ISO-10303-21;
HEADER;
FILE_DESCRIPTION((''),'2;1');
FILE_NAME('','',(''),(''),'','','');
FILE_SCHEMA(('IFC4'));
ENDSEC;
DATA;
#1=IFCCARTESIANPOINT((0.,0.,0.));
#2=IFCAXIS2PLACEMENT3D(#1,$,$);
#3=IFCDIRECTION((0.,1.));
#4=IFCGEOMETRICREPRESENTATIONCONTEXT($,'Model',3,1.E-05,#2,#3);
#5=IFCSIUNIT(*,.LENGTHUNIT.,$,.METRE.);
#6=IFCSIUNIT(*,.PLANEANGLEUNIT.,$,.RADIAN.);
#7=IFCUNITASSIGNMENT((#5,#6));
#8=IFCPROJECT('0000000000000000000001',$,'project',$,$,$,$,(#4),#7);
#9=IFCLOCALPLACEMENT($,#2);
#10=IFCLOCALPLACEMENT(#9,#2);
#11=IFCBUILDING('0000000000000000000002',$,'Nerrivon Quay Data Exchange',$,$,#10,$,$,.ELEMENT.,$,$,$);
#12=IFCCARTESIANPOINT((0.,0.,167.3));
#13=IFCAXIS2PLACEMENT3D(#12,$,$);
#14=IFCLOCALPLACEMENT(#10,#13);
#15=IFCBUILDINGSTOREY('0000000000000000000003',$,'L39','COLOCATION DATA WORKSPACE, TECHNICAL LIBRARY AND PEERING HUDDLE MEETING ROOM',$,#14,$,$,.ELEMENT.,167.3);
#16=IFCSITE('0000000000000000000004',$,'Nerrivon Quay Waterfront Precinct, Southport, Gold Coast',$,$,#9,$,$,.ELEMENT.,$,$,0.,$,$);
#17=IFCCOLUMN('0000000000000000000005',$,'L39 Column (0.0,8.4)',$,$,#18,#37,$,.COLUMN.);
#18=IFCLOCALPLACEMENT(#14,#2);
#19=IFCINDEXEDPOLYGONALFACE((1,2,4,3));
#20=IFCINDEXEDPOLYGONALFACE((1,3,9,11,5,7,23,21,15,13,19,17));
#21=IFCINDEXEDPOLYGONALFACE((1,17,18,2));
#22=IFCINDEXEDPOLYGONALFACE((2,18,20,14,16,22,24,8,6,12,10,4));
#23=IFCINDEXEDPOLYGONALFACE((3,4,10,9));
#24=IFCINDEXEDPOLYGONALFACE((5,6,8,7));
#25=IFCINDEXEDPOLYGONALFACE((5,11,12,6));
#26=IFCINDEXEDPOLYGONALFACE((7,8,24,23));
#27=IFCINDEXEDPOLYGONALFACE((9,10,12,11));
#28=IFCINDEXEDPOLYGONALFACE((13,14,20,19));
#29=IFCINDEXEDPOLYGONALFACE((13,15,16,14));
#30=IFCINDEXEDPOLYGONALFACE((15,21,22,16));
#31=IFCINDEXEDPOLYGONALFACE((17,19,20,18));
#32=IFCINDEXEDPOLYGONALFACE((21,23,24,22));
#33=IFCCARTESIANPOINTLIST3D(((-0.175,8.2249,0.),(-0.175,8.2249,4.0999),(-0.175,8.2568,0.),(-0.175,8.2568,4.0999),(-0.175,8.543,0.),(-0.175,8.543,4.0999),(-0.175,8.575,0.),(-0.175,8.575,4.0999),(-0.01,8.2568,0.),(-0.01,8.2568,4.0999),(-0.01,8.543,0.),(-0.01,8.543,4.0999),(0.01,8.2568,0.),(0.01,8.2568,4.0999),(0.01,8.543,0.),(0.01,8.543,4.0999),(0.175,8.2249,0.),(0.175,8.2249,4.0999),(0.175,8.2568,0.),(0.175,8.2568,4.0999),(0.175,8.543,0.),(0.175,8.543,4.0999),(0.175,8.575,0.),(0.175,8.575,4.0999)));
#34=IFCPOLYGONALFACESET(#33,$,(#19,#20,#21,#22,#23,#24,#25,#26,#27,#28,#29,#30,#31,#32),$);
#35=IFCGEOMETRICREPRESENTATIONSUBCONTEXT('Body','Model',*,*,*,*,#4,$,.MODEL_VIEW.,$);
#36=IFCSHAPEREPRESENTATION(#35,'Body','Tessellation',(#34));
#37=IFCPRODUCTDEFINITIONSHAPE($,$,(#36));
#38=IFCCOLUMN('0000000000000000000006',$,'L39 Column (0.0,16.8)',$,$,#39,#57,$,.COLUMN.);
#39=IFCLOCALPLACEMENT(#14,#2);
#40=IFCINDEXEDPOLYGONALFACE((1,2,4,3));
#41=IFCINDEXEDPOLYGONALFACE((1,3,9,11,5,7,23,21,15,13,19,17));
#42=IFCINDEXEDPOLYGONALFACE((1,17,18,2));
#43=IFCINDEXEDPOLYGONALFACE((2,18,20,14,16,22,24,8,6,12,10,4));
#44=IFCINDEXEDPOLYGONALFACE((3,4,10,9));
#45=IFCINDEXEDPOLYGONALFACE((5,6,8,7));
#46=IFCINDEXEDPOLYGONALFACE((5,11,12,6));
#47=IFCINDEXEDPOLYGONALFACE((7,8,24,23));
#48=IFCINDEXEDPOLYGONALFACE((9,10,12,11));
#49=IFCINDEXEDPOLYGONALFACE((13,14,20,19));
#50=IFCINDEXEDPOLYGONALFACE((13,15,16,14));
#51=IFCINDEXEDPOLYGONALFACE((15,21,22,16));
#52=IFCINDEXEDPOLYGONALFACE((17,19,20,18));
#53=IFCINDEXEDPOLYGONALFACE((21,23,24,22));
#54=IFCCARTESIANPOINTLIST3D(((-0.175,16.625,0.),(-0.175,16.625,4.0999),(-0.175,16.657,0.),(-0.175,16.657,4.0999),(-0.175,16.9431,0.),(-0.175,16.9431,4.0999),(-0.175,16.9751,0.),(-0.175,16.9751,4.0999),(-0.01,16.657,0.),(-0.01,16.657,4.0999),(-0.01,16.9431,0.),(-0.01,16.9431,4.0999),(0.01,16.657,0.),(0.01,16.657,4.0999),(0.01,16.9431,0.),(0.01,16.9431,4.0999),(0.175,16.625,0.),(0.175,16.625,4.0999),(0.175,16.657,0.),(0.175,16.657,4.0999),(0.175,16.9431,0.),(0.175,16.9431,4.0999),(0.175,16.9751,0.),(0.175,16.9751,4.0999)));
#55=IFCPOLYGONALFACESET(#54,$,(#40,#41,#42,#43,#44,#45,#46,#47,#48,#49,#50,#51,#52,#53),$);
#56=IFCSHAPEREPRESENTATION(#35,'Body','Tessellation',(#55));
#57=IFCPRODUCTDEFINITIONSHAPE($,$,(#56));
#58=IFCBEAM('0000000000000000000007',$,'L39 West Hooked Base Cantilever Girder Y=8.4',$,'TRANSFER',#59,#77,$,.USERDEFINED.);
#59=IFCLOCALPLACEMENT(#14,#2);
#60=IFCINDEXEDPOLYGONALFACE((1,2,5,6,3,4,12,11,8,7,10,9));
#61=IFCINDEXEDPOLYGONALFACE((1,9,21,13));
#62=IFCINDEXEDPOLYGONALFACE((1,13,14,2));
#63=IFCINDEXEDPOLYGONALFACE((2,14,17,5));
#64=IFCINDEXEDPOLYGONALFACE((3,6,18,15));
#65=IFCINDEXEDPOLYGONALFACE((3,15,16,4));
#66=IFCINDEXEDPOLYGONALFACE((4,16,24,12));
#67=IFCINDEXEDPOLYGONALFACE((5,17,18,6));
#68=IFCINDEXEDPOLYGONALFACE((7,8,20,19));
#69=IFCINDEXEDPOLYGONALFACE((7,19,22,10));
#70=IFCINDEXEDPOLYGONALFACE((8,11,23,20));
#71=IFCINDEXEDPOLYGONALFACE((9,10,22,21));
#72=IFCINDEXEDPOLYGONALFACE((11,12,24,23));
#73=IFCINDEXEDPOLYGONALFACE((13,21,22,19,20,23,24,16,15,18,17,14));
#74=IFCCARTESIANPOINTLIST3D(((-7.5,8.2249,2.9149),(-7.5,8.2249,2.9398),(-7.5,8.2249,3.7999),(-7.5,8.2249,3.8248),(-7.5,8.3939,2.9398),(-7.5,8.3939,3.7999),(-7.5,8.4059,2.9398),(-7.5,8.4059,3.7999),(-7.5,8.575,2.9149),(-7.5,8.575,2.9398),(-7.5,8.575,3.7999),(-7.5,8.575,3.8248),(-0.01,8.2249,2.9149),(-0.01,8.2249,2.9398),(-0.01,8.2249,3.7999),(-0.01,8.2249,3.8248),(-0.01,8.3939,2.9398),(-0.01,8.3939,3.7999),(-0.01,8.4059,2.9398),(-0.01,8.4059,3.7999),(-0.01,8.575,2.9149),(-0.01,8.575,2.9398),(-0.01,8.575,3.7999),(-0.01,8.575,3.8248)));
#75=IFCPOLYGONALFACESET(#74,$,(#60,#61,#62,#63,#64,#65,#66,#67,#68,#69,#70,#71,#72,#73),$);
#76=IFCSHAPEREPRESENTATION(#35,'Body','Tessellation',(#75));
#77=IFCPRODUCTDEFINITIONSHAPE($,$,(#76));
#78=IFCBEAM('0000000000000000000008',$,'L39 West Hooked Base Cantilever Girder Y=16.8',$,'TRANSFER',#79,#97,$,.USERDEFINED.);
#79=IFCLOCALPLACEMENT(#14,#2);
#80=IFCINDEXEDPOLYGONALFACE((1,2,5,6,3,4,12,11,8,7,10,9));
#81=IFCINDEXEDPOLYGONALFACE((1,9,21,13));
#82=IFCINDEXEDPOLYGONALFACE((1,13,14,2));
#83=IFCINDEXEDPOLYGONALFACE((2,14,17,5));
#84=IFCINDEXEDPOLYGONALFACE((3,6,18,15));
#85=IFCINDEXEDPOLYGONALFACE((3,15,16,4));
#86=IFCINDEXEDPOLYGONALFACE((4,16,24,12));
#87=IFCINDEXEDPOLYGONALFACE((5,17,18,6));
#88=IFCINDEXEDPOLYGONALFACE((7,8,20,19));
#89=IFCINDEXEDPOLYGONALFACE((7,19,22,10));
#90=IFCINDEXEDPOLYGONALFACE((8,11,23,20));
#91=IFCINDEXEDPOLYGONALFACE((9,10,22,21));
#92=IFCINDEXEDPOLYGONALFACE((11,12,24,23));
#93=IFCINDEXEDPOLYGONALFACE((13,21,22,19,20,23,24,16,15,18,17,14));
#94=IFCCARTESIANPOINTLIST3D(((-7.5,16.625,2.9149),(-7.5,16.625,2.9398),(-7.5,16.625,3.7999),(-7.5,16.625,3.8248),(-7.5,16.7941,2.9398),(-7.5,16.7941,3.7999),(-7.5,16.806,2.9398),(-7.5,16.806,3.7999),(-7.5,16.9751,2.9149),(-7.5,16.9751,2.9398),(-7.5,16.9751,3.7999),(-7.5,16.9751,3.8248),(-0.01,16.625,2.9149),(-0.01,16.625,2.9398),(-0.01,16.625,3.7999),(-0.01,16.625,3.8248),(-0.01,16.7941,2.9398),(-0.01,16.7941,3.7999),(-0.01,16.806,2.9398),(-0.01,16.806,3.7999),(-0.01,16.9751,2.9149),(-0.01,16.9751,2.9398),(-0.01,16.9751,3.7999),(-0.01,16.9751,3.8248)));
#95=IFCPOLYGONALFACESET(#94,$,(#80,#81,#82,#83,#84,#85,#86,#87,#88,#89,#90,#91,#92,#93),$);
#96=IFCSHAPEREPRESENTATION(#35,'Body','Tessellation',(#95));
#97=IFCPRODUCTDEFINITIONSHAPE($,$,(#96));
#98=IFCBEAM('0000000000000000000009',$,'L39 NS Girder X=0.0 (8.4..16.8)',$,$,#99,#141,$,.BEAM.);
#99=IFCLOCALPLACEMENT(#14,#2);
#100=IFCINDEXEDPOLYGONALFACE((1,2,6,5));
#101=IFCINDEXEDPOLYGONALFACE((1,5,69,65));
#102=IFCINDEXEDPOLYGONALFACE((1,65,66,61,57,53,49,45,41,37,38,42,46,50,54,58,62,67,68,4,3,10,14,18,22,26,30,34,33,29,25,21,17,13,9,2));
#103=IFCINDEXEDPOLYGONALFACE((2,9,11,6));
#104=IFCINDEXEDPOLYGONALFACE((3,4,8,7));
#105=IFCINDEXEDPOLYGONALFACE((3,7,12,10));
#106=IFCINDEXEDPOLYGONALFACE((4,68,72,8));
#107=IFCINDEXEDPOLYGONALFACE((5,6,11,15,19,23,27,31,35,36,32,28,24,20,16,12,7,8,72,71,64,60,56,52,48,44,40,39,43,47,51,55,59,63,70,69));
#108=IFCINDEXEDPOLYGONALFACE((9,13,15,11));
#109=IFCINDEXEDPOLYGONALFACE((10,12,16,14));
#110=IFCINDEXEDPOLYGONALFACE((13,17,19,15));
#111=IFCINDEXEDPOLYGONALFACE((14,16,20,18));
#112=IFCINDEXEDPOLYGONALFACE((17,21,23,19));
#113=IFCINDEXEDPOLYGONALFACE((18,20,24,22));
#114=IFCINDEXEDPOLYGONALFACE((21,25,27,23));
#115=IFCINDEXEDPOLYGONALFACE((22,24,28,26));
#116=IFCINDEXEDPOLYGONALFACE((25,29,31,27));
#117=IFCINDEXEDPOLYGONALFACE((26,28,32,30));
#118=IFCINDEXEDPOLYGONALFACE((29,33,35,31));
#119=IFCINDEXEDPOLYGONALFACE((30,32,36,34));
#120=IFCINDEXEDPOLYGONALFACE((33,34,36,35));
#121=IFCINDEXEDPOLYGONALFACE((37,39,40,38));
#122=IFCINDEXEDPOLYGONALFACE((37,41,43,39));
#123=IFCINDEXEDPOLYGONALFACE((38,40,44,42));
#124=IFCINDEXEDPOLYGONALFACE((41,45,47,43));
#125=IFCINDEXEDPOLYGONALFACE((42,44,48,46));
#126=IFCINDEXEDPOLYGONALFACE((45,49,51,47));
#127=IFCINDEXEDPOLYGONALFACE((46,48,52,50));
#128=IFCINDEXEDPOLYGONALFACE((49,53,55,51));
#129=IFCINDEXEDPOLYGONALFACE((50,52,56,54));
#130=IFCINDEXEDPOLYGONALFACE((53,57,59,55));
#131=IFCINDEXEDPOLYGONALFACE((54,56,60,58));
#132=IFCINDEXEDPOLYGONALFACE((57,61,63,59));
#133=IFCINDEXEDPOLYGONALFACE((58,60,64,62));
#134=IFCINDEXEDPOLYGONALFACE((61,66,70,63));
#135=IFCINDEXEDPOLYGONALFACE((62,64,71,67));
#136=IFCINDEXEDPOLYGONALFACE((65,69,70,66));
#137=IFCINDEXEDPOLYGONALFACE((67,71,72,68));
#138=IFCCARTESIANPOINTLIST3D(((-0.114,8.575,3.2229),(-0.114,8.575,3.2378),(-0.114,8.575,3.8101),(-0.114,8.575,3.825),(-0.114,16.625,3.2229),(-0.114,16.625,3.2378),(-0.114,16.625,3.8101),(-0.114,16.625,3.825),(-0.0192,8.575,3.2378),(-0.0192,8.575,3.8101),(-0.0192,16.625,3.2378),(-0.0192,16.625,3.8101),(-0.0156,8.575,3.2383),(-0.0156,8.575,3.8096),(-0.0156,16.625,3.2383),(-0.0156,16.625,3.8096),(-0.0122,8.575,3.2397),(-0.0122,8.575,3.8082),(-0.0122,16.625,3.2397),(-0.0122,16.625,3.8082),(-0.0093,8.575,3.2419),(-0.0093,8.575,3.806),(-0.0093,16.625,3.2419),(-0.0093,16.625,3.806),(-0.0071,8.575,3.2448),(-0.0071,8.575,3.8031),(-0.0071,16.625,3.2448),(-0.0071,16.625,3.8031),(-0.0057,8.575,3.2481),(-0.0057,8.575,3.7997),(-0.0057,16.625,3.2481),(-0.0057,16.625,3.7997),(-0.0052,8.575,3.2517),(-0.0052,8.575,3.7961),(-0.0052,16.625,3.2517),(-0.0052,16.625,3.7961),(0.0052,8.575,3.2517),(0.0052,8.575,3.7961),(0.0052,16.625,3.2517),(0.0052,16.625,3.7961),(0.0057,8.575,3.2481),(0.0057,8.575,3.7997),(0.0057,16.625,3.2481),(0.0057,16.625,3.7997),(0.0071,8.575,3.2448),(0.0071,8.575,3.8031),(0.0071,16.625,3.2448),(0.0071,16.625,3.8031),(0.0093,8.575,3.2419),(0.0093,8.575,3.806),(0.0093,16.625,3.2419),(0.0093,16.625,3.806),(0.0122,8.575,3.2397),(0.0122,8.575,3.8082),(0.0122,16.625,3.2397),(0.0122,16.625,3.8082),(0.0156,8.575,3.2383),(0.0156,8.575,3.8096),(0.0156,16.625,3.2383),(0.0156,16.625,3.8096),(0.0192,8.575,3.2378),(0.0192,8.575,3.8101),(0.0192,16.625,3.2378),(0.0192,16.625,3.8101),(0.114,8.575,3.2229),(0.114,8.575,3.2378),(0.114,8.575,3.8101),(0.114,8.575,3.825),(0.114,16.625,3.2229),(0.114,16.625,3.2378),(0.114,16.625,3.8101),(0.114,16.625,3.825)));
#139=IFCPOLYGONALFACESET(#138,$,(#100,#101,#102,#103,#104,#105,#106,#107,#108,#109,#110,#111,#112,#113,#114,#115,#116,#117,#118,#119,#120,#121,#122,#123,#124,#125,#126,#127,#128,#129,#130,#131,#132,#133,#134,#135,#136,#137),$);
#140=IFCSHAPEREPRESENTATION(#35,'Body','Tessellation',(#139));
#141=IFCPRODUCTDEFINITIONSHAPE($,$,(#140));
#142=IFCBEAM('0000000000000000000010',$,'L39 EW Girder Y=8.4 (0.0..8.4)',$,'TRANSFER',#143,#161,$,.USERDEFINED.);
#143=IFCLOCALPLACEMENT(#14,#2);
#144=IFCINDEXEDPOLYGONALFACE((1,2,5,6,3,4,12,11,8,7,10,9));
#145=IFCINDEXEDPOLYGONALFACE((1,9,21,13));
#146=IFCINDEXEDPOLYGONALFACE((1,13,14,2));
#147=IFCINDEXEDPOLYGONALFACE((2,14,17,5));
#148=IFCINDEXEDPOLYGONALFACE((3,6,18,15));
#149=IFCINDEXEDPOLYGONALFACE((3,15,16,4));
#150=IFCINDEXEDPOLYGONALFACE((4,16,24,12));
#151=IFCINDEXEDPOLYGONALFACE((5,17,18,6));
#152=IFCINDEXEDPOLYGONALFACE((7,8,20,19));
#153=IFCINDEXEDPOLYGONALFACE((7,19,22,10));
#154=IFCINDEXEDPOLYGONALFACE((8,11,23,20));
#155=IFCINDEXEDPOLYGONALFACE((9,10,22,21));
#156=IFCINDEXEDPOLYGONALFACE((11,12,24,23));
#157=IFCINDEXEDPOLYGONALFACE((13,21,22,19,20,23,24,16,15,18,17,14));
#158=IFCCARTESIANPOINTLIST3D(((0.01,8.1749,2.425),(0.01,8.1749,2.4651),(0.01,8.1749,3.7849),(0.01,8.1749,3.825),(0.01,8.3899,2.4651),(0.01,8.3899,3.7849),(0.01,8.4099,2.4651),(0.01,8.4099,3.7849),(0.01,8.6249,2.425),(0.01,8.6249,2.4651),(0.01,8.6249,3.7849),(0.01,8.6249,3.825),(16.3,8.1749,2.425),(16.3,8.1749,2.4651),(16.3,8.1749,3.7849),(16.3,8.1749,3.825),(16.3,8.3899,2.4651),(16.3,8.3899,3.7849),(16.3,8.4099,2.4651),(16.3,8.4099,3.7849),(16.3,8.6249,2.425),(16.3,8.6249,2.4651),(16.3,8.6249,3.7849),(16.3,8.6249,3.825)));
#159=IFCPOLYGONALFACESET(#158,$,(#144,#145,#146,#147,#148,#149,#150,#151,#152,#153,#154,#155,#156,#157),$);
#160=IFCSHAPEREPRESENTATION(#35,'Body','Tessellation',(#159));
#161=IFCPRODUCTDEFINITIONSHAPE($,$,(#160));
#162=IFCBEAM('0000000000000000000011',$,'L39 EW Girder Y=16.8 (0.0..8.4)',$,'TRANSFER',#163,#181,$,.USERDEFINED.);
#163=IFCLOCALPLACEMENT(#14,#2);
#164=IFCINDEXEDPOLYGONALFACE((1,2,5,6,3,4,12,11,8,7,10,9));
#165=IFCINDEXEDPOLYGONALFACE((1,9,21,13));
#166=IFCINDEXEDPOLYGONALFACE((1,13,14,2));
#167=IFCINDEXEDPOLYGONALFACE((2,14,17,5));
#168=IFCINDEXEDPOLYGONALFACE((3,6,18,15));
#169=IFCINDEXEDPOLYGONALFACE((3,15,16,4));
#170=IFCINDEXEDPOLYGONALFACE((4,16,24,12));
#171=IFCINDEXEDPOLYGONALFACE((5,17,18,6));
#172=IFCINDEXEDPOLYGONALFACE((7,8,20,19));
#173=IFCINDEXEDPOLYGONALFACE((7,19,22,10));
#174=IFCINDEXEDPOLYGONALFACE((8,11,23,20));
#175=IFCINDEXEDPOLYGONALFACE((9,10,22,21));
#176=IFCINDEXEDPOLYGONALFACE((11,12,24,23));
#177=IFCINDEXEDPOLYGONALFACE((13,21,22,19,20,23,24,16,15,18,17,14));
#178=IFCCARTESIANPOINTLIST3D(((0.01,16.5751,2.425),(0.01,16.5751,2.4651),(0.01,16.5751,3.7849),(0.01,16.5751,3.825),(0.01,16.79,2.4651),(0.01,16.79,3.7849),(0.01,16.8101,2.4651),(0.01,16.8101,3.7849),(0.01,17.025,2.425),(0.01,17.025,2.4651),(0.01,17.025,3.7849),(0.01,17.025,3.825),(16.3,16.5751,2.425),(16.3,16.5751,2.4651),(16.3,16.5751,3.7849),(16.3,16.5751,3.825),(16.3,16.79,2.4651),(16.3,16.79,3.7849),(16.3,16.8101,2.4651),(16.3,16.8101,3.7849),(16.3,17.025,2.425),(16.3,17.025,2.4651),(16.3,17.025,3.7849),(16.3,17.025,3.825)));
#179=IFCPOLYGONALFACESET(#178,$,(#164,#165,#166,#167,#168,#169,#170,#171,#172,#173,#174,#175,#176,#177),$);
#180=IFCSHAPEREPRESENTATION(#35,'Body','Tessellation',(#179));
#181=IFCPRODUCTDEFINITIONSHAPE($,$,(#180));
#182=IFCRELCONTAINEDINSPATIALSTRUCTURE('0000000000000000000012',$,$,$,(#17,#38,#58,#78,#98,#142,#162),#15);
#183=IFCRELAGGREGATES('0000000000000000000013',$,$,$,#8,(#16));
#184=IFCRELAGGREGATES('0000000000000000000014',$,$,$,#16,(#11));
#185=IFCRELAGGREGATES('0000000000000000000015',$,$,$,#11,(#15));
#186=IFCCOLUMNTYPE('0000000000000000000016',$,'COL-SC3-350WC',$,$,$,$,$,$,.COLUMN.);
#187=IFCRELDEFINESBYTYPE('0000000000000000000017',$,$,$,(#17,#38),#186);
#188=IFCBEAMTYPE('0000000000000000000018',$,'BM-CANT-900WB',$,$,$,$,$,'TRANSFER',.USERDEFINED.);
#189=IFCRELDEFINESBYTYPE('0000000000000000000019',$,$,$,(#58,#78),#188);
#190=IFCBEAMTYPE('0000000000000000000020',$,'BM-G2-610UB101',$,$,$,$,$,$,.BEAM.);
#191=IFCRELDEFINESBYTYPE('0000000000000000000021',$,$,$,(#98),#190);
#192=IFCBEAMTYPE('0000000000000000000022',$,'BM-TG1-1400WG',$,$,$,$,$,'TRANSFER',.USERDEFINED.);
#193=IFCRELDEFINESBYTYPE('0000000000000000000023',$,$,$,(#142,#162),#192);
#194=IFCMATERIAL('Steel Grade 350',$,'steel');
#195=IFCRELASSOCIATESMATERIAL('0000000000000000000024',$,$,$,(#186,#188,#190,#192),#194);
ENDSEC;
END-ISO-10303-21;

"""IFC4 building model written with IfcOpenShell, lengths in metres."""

from ifc_helpers import new_model, si_unit, direction, frame, origin, origin_2d, place, context, subcontext, project, spatial, i_section, extrude, material, material_profile, profile_set, type_object, element, save


model = new_model("IFC4")

# Units and contexts
model_context = context("Model", 3, precision=1e-05, world=origin(), true_north=direction((0.0, 1.0)))
body_context = subcontext(model_context, "Body", "Model", "MODEL_VIEW")
ifc_project = project(units=[si_unit("LENGTHUNIT", "METRE"), si_unit("PLANEANGLEUNIT", "RADIAN")], contexts=[model_context])

# Site, building, storey
site_placement = place(None, origin())
site = spatial("IfcSite", under=ifc_project, at=site_placement, Name="Nerrivon Quay Waterfront Precinct, Southport, Gold Coast", CompositionType="ELEMENT", RefElevation=0.0)
building_placement = place(site_placement, origin())
building = spatial("IfcBuilding", under=site, at=building_placement, Name="Nerrivon Quay Data Exchange", CompositionType="ELEMENT")
storey_placement = place(building_placement, frame((0.0, 0.0, 167.3)))
storey = spatial("IfcBuildingStorey", under=building, at=storey_placement, Name="L39", Description="COLOCATION DATA WORKSPACE, TECHNICAL LIBRARY AND PEERING HUDDLE MEETING ROOM", CompositionType="ELEMENT", Elevation=167.3)

# Columns
ifc_material_1 = material(Name="Steel Grade 350", Category="steel")
ifc_material_profile_1 = material_profile(ifc_material_1, i_section(OverallWidth=0.3501, OverallDepth=0.3501, WebThickness=0.02, FlangeThickness=0.032, at=origin_2d()), Name="350WC230")
ifc_profile_set_1 = profile_set([ifc_material_profile_1], Name="Steel Grade 350")
column_type = type_object("IfcColumnType", Name="COL-SC3-350WC", PredefinedType="COLUMN", material=ifc_profile_set_1)
for number, where, z_axis, x_axis, name in (
    (1, (0.0, 8.3999, 0.0), (0.0, 0.0, 1.0), (1.0, 0.0, 0.0), "L39 Column (0.0,8.4)"),
    (2, (0.0, 16.8, 0.0), (0.0, 0.0, 1.0), (1.0, 0.0, 0.0), "L39 Column (0.0,16.8)"),
):
    element("IfcColumn", number, at=place(storey_placement, frame(where, z_axis=z_axis, x_axis=x_axis)), inside=storey, type_object=column_type, Name=name, PredefinedType="COLUMN", context=body_context, shape_type="SweptSolid", body=[
        extrude(i_section(OverallWidth=0.3501, OverallDepth=0.3501, WebThickness=0.02, FlangeThickness=0.032, at=origin_2d()), origin(), (0.0, 0.0, 1.0), 4.0999),
    ])

# Beams
ifc_material_profile_2 = material_profile(ifc_material_1, i_section(OverallWidth=0.3501, OverallDepth=0.9099, WebThickness=0.012, FlangeThickness=0.0249, at=origin_2d()), Name="900WB218")
ifc_profile_set_2 = profile_set([ifc_material_profile_2], Name="Steel Grade 350")
beam_type_1 = type_object("IfcBeamType", Name="BM-CANT-900WB", ElementType="TRANSFER", PredefinedType="USERDEFINED", material=ifc_profile_set_2)
for number, where, z_axis, x_axis, name in (
    (3, (-0.01, 8.3999, 3.3699), (-1.0, 0.0, 0.0), (0.0, -1.0, 0.0), "L39 West Hooked Base Cantilever Girder Y=8.4"),
    (4, (-0.01, 16.8, 3.3699), (-1.0, 0.0, 0.0), (0.0, -1.0, 0.0), "L39 West Hooked Base Cantilever Girder Y=16.8"),
):
    element("IfcBeam", number, at=place(storey_placement, frame(where, z_axis=z_axis, x_axis=x_axis)), inside=storey, type_object=beam_type_1, Name=name, ObjectType="TRANSFER", PredefinedType="USERDEFINED", context=body_context, shape_type="SweptSolid", body=[
        extrude(i_section(OverallWidth=0.3501, OverallDepth=0.9099, WebThickness=0.012, FlangeThickness=0.0249, at=origin_2d()), origin(), (0.0, 0.0, 1.0), 7.49),
    ])
ifc_material_profile_3 = material_profile(ifc_material_1, i_section(OverallWidth=0.228, OverallDepth=0.6021, WebThickness=0.0105, FlangeThickness=0.0149, FilletRadius=0.0139, at=origin_2d()), Name="610UB101")
ifc_profile_set_3 = profile_set([ifc_material_profile_3], Name="Steel Grade 350")
beam_type_2 = type_object("IfcBeamType", Name="BM-G2-610UB101", PredefinedType="BEAM", material=ifc_profile_set_3)
beam_placement = place(storey_placement, frame((0.0, 8.575, 3.5239), z_axis=(0.0, 1.0, 0.0), x_axis=(-1.0, 0.0, 0.0)))
element("IfcBeam", 5, at=beam_placement, inside=storey, type_object=beam_type_2, Name="L39 NS Girder X=0.0 (8.4..16.8)", PredefinedType="BEAM", context=body_context, shape_type="SweptSolid", body=[
    extrude(i_section(OverallWidth=0.228, OverallDepth=0.6021, WebThickness=0.0105, FlangeThickness=0.0149, FilletRadius=0.0139, at=origin_2d()), origin(), (0.0, 0.0, 1.0), 8.05),
])
ifc_material_profile_4 = material_profile(ifc_material_1, i_section(OverallWidth=0.45, OverallDepth=1.3999, WebThickness=0.02, FlangeThickness=0.04, at=origin_2d()), Name="1400WG455")
ifc_profile_set_4 = profile_set([ifc_material_profile_4], Name="Steel Grade 350")
beam_type_3 = type_object("IfcBeamType", Name="BM-TG1-1400WG", ElementType="TRANSFER", PredefinedType="USERDEFINED", material=ifc_profile_set_4)
for number, where, z_axis, x_axis, name in (
    (6, (0.01, 8.3999, 3.125), (1.0, 0.0, 0.0), (0.0, 1.0, 0.0), "L39 EW Girder Y=8.4 (0.0..8.4)"),
    (7, (0.01, 16.8, 3.125), (1.0, 0.0, 0.0), (0.0, 1.0, 0.0), "L39 EW Girder Y=16.8 (0.0..8.4)"),
):
    element("IfcBeam", number, at=place(storey_placement, frame(where, z_axis=z_axis, x_axis=x_axis)), inside=storey, type_object=beam_type_3, Name=name, ObjectType="TRANSFER", PredefinedType="USERDEFINED", context=body_context, shape_type="SweptSolid", body=[
        extrude(i_section(OverallWidth=0.45, OverallDepth=1.3999, WebThickness=0.02, FlangeThickness=0.04, at=origin_2d()), origin(), (0.0, 0.0, 1.0), 16.29),
    ])

save(model, "model.ifc")
